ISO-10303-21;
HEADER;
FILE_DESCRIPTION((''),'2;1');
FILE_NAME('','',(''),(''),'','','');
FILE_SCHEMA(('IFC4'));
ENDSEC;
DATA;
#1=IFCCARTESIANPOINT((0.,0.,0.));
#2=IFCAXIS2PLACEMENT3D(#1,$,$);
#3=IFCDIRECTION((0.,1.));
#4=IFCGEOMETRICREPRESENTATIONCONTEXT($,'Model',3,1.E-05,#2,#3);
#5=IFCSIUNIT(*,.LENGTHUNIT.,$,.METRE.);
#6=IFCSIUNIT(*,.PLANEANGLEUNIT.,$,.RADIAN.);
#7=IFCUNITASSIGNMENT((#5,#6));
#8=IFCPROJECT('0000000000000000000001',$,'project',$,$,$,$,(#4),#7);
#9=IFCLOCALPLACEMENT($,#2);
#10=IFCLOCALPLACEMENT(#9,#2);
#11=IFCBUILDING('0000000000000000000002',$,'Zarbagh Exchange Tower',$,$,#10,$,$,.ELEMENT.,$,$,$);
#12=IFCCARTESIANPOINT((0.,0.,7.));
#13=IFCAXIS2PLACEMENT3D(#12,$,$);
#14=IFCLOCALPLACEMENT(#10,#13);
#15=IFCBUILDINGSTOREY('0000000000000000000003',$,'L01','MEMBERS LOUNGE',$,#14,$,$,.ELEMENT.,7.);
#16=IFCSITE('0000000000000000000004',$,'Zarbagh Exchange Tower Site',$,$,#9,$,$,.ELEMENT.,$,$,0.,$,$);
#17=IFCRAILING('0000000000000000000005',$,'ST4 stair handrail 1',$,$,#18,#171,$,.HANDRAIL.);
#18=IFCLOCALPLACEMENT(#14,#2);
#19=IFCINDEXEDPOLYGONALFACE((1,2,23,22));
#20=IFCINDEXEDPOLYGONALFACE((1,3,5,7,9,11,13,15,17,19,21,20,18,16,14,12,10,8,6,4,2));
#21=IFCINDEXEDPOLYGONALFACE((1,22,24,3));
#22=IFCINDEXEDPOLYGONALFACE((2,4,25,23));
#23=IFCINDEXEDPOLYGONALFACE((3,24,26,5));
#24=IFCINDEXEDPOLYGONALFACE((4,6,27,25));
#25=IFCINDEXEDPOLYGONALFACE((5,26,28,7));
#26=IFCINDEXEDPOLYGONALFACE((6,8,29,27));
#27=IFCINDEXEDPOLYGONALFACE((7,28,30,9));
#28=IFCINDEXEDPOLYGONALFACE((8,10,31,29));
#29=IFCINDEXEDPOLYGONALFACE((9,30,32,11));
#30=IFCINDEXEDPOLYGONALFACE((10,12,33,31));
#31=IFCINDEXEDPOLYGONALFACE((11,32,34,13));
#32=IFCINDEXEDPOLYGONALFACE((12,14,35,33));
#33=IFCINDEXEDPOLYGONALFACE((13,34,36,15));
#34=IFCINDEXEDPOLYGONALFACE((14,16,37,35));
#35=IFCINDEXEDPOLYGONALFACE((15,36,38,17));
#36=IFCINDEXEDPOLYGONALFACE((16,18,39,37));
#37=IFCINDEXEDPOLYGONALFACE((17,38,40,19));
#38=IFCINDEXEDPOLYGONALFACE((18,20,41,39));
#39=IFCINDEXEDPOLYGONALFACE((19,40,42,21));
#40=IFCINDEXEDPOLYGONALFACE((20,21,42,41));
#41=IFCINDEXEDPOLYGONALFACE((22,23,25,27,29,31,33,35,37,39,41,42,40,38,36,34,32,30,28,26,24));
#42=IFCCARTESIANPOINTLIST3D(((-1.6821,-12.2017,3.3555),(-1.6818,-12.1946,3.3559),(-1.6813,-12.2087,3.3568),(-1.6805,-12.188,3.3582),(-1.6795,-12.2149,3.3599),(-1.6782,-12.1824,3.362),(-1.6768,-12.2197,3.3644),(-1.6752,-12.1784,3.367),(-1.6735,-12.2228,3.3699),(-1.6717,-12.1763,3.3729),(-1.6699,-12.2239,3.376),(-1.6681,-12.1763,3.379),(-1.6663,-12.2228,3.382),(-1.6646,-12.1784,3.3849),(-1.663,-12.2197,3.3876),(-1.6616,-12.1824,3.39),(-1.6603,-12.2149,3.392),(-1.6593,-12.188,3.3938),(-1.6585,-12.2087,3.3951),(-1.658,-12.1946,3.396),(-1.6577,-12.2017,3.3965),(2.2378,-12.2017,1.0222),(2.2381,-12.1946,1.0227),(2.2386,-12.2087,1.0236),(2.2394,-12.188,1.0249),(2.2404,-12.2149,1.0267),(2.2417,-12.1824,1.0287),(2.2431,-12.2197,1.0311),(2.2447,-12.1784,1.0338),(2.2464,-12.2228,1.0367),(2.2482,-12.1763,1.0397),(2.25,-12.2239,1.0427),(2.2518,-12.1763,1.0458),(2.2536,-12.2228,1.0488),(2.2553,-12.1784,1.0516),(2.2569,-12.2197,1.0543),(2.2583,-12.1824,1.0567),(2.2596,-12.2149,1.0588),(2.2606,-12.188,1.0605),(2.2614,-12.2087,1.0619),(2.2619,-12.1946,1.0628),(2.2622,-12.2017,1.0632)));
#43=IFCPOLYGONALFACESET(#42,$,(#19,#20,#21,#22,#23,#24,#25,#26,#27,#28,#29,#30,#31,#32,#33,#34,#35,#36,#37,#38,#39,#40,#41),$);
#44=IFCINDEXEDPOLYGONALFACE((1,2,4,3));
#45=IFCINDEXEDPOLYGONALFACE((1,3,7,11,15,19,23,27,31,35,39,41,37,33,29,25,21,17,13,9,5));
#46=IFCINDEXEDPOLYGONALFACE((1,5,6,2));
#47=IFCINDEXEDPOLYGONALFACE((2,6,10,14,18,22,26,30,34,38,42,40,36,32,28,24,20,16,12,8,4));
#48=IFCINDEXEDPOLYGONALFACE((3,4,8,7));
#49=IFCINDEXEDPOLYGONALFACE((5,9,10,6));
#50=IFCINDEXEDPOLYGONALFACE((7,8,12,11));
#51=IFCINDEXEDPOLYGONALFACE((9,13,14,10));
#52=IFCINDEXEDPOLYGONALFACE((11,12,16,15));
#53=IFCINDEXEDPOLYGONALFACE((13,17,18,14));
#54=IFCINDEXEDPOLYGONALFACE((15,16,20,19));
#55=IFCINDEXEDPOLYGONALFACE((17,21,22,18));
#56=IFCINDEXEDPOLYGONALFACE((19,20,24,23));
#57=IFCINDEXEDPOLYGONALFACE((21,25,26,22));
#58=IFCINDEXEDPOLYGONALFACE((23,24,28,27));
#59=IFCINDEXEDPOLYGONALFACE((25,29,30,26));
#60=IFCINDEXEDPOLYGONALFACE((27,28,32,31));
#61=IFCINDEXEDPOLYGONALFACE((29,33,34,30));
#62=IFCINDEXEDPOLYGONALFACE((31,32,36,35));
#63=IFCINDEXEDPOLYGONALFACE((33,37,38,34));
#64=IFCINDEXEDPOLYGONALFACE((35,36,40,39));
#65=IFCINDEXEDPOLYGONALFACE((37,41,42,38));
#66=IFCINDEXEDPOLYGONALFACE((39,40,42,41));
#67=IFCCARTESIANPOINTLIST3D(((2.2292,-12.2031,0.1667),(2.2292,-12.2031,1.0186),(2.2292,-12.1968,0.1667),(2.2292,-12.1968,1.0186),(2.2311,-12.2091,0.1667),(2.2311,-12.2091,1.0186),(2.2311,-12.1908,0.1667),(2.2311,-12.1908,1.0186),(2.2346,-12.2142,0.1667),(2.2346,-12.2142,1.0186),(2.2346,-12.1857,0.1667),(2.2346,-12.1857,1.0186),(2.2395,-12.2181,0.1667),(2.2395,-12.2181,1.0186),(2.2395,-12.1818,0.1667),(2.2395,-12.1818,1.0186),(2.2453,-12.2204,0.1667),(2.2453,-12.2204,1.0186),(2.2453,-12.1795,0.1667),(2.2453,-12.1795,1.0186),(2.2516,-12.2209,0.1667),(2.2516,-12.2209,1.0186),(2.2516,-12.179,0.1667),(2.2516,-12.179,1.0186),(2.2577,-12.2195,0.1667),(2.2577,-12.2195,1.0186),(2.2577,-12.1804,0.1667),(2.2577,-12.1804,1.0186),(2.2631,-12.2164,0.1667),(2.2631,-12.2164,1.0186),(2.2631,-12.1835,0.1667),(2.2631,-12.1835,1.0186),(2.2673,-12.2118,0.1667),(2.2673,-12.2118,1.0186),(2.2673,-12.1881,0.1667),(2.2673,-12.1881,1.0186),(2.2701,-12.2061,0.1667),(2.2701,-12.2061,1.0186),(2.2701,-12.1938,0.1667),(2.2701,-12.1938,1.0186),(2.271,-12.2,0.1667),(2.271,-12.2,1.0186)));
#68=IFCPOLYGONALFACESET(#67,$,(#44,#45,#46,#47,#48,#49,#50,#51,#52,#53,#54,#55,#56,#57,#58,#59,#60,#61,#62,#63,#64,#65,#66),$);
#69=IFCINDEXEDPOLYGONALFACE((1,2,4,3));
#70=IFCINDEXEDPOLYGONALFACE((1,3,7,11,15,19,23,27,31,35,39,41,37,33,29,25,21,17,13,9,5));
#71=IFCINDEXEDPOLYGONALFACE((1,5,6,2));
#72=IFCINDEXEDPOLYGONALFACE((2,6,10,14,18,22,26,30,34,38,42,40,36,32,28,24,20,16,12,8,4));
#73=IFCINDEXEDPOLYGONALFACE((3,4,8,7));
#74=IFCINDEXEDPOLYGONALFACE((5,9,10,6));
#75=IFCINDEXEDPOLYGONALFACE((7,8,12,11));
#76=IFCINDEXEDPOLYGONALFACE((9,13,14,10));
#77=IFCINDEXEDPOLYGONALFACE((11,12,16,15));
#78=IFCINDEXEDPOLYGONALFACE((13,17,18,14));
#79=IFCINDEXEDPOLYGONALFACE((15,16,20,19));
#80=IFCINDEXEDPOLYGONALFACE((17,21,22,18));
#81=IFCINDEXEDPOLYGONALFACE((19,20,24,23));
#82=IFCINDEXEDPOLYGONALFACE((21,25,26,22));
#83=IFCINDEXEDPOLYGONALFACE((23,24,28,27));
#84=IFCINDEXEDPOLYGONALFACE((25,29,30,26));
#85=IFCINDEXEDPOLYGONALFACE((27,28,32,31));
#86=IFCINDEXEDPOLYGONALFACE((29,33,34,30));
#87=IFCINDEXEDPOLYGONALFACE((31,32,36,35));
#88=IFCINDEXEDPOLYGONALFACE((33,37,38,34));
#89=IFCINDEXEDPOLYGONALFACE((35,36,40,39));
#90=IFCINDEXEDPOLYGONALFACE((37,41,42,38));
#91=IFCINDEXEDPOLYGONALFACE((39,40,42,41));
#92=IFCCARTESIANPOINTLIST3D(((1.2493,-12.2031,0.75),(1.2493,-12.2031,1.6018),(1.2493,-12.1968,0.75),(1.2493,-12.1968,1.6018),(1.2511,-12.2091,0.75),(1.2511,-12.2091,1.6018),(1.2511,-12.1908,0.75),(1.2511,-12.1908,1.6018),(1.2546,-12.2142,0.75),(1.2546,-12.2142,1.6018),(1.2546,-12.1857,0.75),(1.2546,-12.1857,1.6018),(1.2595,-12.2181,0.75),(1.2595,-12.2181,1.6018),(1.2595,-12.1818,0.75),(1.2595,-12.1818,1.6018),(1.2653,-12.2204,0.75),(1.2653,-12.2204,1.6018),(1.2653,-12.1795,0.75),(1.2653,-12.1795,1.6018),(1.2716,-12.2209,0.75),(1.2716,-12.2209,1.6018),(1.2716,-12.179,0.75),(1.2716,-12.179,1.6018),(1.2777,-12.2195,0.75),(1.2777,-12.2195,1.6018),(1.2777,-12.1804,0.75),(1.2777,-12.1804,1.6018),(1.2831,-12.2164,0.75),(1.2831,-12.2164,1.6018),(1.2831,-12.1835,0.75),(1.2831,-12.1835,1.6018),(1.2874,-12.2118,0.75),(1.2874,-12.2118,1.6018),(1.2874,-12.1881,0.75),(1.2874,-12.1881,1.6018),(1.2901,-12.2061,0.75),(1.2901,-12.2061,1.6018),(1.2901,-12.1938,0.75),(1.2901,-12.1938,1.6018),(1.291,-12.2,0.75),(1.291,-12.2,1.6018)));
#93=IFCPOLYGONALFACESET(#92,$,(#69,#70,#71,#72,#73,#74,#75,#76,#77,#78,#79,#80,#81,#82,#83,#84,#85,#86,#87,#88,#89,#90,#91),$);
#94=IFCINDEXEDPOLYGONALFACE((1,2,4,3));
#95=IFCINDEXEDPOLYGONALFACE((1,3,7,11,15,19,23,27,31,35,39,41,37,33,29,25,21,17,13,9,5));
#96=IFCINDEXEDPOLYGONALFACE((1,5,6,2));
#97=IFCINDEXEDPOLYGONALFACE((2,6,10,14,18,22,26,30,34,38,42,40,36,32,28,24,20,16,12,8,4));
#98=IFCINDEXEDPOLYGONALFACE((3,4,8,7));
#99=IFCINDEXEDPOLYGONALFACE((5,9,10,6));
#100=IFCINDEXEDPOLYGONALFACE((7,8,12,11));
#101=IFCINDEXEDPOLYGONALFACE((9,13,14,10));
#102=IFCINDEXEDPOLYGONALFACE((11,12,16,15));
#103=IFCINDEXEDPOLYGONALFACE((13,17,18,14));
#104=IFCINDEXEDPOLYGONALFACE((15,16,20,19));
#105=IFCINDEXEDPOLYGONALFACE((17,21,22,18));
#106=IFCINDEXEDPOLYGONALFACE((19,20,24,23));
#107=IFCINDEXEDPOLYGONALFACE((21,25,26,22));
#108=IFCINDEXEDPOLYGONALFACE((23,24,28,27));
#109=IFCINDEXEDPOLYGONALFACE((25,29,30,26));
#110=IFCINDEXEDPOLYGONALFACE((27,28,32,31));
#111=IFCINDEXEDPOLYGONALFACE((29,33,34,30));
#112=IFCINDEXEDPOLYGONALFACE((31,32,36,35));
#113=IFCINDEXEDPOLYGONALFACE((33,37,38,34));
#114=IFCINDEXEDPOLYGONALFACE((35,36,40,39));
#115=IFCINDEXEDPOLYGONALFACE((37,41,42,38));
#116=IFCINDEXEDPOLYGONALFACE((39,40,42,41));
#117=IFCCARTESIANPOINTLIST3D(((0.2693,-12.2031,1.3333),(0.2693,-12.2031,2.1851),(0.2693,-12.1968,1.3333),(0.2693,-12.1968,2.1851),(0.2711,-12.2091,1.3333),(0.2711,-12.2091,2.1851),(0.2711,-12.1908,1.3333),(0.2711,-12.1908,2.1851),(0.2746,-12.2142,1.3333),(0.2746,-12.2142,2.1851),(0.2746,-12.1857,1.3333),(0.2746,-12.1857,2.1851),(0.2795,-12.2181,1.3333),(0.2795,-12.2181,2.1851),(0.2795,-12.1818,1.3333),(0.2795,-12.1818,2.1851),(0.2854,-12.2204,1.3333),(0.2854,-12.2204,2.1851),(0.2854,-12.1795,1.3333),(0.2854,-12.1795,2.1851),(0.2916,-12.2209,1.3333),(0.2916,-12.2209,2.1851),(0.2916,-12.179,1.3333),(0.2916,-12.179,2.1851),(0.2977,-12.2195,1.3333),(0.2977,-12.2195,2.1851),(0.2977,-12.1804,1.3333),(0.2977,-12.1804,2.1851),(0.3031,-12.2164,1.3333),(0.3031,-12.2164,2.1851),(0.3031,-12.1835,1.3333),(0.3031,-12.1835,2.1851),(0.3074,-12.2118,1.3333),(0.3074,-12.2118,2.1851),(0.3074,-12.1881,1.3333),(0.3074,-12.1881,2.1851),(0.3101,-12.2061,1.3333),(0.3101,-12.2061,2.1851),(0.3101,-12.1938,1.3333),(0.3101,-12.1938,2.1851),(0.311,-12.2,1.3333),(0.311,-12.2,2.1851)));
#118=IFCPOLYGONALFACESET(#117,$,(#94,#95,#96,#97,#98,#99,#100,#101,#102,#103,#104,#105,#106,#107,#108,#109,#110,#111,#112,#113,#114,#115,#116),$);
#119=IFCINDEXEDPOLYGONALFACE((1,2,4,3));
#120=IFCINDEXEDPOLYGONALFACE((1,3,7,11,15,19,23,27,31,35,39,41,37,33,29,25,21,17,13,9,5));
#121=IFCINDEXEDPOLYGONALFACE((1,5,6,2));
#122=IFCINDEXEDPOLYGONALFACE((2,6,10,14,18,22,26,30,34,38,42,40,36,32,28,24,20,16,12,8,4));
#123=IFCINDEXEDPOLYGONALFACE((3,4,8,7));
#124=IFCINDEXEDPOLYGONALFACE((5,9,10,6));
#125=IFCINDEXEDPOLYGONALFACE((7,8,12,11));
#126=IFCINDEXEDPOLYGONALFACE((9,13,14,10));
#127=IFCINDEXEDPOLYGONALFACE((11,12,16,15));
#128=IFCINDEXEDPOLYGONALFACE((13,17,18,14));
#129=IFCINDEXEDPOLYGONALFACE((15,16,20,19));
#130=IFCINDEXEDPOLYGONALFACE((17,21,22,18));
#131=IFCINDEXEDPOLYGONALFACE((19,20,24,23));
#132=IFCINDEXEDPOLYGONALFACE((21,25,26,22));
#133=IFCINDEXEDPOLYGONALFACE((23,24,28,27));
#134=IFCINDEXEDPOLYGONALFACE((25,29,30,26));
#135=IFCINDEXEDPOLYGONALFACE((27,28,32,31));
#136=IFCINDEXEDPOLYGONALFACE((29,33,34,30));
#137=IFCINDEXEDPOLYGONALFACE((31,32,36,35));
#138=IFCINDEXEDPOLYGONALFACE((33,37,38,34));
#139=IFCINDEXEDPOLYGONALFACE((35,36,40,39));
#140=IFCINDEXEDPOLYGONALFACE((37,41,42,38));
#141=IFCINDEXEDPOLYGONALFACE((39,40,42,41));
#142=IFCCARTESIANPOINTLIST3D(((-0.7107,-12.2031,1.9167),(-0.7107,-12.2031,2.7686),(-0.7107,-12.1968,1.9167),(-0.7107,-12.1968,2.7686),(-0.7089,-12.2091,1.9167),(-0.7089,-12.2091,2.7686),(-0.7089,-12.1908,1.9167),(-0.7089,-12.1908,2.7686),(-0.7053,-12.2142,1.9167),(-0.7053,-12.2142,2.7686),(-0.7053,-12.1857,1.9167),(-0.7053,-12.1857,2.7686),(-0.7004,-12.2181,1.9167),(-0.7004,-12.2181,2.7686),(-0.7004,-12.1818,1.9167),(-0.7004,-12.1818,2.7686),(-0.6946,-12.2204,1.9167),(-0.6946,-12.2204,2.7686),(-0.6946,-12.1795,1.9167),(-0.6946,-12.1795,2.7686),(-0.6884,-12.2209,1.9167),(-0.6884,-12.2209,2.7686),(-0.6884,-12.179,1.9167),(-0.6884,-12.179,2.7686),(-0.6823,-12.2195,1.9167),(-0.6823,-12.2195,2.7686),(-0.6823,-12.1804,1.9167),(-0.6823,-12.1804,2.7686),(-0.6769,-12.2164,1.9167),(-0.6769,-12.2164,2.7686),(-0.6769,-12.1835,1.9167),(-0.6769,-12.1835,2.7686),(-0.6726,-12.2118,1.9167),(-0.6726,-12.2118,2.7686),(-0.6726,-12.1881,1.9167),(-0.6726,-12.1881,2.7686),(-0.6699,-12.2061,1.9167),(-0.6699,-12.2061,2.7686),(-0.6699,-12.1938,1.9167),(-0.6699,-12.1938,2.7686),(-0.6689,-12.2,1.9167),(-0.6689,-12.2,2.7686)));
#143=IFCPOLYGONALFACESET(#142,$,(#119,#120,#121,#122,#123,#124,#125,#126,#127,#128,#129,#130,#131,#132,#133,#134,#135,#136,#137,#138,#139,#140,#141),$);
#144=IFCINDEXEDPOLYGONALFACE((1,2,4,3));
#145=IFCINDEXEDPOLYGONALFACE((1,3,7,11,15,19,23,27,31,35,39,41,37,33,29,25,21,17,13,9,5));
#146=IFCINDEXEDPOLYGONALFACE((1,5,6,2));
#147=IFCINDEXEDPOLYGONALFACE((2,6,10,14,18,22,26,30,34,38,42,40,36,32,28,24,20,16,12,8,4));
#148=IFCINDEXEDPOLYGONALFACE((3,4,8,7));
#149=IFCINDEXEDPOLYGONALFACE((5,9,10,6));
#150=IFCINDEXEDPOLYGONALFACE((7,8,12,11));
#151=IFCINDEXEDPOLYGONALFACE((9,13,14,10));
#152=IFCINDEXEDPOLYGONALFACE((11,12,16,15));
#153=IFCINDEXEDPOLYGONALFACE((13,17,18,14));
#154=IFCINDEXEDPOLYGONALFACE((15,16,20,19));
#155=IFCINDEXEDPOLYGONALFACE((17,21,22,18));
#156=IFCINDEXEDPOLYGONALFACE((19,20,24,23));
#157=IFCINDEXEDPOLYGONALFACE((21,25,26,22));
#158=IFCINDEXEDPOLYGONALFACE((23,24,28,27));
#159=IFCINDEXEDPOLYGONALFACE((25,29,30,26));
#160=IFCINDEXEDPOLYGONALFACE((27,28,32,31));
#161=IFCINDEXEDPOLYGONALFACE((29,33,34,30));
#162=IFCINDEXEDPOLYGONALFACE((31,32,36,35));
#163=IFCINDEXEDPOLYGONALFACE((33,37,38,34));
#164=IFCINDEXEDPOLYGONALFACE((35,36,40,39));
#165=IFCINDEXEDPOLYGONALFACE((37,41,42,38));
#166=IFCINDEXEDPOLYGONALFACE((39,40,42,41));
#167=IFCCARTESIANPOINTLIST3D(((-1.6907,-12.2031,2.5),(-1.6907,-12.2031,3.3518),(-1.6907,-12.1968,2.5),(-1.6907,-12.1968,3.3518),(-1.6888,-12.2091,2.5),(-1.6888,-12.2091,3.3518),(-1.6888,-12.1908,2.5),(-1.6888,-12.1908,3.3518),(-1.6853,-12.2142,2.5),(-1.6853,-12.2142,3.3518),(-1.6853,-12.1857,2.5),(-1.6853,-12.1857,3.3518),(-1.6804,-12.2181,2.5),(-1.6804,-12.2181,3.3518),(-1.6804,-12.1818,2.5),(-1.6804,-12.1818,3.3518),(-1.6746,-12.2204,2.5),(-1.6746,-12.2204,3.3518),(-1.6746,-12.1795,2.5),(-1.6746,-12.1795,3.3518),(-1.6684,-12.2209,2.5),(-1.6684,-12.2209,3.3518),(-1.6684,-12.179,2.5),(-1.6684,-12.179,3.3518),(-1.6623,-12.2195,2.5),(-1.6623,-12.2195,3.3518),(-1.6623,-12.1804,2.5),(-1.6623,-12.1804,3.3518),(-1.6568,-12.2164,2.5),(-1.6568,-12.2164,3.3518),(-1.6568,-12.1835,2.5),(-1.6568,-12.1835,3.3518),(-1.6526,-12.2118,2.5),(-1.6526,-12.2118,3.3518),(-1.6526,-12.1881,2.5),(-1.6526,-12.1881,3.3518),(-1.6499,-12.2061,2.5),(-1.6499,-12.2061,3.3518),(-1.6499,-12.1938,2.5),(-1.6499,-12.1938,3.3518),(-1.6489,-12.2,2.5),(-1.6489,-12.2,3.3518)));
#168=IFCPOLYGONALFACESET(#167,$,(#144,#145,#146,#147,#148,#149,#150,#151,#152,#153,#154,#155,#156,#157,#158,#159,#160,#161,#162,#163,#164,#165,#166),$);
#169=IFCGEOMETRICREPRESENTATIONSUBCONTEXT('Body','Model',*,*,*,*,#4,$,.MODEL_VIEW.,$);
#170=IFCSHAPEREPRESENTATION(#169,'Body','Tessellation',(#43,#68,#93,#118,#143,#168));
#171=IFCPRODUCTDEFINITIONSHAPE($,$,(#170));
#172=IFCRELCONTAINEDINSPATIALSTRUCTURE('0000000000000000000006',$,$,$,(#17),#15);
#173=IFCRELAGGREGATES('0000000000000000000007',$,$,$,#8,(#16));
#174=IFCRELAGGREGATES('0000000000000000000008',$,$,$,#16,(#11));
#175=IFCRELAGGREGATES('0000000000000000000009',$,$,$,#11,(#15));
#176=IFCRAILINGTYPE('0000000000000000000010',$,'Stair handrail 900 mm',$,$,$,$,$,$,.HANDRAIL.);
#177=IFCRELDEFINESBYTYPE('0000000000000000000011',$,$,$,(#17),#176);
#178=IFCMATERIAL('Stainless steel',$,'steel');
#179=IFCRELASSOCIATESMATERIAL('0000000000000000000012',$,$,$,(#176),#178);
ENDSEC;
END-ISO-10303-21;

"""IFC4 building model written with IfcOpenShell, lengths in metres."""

from ifc_helpers import new_model, si_unit, direction, frame, origin, origin_2d, place, context, subcontext, project, spatial, circle, extrude, material, type_object, element, save


model = new_model("IFC4")

# Units and contexts
model_context = context("Model", 3, precision=1e-05, world=origin(), true_north=direction((0.0, 1.0)))
body_context = subcontext(model_context, "Body", "Model", "MODEL_VIEW")
ifc_project = project(units=[si_unit("LENGTHUNIT", "METRE"), si_unit("PLANEANGLEUNIT", "RADIAN")], contexts=[model_context])

# Site, building, storey
site_placement = place(None, origin())
site = spatial("IfcSite", under=ifc_project, at=site_placement, Name="Zarbagh Exchange Tower Site", CompositionType="ELEMENT", RefElevation=0.0)
building_placement = place(site_placement, origin())
building = spatial("IfcBuilding", under=site, at=building_placement, Name="Zarbagh Exchange Tower", CompositionType="ELEMENT")
storey_placement = place(building_placement, frame((0.0, 0.0, 7.0)))
storey = spatial("IfcBuildingStorey", under=building, at=storey_placement, Name="L01", Description="MEMBERS LOUNGE", CompositionType="ELEMENT", Elevation=7.0)

# Railing
ifc_material_1 = material(Name="Stainless steel", Category="steel")
railing_type_1 = type_object("IfcRailingType", Name="Stair handrail 900 mm", PredefinedType="HANDRAIL", material=ifc_material_1)
for number, where, name in (
    (1, (2.25, -12.2, 0.1667), "ST4 stair handrail 1"),
):
    element("IfcRailing", number, at=place(storey_placement, frame(where)), inside=storey, type_object=railing_type_1, Name=name, PredefinedType="HANDRAIL", context=body_context, shape_type="SweptSolid", body=[
        extrude(circle(Radius=0.0239, at=origin_2d()), frame((0.0, 0.0, 0.876), z_axis=(-0.859296, 0.0, 0.511478), x_axis=(0.0, -1.0, 0.0)), (0.0, 0.0, 1.0), 4.5618),
        extrude(circle(Radius=0.021, at=origin_2d()), origin(), (0.0, 0.0, 1.0), 0.8518),
        extrude(circle(Radius=0.021, at=origin_2d()), frame((-0.98, 0.0, 0.5833)), (0.0, 0.0, 1.0), 0.8518),
        extrude(circle(Radius=0.021, at=origin_2d()), frame((-1.96, 0.0, 1.1665)), (0.0, 0.0, 1.0), 0.8518),
        extrude(circle(Radius=0.021, at=origin_2d()), frame((-2.9399, 0.0, 1.75)), (0.0, 0.0, 1.0), 0.8518),
        extrude(circle(Radius=0.021, at=origin_2d()), frame((-3.9199, 0.0, 2.3333)), (0.0, 0.0, 1.0), 0.8518),
    ])

save(model, "model.ifc")
